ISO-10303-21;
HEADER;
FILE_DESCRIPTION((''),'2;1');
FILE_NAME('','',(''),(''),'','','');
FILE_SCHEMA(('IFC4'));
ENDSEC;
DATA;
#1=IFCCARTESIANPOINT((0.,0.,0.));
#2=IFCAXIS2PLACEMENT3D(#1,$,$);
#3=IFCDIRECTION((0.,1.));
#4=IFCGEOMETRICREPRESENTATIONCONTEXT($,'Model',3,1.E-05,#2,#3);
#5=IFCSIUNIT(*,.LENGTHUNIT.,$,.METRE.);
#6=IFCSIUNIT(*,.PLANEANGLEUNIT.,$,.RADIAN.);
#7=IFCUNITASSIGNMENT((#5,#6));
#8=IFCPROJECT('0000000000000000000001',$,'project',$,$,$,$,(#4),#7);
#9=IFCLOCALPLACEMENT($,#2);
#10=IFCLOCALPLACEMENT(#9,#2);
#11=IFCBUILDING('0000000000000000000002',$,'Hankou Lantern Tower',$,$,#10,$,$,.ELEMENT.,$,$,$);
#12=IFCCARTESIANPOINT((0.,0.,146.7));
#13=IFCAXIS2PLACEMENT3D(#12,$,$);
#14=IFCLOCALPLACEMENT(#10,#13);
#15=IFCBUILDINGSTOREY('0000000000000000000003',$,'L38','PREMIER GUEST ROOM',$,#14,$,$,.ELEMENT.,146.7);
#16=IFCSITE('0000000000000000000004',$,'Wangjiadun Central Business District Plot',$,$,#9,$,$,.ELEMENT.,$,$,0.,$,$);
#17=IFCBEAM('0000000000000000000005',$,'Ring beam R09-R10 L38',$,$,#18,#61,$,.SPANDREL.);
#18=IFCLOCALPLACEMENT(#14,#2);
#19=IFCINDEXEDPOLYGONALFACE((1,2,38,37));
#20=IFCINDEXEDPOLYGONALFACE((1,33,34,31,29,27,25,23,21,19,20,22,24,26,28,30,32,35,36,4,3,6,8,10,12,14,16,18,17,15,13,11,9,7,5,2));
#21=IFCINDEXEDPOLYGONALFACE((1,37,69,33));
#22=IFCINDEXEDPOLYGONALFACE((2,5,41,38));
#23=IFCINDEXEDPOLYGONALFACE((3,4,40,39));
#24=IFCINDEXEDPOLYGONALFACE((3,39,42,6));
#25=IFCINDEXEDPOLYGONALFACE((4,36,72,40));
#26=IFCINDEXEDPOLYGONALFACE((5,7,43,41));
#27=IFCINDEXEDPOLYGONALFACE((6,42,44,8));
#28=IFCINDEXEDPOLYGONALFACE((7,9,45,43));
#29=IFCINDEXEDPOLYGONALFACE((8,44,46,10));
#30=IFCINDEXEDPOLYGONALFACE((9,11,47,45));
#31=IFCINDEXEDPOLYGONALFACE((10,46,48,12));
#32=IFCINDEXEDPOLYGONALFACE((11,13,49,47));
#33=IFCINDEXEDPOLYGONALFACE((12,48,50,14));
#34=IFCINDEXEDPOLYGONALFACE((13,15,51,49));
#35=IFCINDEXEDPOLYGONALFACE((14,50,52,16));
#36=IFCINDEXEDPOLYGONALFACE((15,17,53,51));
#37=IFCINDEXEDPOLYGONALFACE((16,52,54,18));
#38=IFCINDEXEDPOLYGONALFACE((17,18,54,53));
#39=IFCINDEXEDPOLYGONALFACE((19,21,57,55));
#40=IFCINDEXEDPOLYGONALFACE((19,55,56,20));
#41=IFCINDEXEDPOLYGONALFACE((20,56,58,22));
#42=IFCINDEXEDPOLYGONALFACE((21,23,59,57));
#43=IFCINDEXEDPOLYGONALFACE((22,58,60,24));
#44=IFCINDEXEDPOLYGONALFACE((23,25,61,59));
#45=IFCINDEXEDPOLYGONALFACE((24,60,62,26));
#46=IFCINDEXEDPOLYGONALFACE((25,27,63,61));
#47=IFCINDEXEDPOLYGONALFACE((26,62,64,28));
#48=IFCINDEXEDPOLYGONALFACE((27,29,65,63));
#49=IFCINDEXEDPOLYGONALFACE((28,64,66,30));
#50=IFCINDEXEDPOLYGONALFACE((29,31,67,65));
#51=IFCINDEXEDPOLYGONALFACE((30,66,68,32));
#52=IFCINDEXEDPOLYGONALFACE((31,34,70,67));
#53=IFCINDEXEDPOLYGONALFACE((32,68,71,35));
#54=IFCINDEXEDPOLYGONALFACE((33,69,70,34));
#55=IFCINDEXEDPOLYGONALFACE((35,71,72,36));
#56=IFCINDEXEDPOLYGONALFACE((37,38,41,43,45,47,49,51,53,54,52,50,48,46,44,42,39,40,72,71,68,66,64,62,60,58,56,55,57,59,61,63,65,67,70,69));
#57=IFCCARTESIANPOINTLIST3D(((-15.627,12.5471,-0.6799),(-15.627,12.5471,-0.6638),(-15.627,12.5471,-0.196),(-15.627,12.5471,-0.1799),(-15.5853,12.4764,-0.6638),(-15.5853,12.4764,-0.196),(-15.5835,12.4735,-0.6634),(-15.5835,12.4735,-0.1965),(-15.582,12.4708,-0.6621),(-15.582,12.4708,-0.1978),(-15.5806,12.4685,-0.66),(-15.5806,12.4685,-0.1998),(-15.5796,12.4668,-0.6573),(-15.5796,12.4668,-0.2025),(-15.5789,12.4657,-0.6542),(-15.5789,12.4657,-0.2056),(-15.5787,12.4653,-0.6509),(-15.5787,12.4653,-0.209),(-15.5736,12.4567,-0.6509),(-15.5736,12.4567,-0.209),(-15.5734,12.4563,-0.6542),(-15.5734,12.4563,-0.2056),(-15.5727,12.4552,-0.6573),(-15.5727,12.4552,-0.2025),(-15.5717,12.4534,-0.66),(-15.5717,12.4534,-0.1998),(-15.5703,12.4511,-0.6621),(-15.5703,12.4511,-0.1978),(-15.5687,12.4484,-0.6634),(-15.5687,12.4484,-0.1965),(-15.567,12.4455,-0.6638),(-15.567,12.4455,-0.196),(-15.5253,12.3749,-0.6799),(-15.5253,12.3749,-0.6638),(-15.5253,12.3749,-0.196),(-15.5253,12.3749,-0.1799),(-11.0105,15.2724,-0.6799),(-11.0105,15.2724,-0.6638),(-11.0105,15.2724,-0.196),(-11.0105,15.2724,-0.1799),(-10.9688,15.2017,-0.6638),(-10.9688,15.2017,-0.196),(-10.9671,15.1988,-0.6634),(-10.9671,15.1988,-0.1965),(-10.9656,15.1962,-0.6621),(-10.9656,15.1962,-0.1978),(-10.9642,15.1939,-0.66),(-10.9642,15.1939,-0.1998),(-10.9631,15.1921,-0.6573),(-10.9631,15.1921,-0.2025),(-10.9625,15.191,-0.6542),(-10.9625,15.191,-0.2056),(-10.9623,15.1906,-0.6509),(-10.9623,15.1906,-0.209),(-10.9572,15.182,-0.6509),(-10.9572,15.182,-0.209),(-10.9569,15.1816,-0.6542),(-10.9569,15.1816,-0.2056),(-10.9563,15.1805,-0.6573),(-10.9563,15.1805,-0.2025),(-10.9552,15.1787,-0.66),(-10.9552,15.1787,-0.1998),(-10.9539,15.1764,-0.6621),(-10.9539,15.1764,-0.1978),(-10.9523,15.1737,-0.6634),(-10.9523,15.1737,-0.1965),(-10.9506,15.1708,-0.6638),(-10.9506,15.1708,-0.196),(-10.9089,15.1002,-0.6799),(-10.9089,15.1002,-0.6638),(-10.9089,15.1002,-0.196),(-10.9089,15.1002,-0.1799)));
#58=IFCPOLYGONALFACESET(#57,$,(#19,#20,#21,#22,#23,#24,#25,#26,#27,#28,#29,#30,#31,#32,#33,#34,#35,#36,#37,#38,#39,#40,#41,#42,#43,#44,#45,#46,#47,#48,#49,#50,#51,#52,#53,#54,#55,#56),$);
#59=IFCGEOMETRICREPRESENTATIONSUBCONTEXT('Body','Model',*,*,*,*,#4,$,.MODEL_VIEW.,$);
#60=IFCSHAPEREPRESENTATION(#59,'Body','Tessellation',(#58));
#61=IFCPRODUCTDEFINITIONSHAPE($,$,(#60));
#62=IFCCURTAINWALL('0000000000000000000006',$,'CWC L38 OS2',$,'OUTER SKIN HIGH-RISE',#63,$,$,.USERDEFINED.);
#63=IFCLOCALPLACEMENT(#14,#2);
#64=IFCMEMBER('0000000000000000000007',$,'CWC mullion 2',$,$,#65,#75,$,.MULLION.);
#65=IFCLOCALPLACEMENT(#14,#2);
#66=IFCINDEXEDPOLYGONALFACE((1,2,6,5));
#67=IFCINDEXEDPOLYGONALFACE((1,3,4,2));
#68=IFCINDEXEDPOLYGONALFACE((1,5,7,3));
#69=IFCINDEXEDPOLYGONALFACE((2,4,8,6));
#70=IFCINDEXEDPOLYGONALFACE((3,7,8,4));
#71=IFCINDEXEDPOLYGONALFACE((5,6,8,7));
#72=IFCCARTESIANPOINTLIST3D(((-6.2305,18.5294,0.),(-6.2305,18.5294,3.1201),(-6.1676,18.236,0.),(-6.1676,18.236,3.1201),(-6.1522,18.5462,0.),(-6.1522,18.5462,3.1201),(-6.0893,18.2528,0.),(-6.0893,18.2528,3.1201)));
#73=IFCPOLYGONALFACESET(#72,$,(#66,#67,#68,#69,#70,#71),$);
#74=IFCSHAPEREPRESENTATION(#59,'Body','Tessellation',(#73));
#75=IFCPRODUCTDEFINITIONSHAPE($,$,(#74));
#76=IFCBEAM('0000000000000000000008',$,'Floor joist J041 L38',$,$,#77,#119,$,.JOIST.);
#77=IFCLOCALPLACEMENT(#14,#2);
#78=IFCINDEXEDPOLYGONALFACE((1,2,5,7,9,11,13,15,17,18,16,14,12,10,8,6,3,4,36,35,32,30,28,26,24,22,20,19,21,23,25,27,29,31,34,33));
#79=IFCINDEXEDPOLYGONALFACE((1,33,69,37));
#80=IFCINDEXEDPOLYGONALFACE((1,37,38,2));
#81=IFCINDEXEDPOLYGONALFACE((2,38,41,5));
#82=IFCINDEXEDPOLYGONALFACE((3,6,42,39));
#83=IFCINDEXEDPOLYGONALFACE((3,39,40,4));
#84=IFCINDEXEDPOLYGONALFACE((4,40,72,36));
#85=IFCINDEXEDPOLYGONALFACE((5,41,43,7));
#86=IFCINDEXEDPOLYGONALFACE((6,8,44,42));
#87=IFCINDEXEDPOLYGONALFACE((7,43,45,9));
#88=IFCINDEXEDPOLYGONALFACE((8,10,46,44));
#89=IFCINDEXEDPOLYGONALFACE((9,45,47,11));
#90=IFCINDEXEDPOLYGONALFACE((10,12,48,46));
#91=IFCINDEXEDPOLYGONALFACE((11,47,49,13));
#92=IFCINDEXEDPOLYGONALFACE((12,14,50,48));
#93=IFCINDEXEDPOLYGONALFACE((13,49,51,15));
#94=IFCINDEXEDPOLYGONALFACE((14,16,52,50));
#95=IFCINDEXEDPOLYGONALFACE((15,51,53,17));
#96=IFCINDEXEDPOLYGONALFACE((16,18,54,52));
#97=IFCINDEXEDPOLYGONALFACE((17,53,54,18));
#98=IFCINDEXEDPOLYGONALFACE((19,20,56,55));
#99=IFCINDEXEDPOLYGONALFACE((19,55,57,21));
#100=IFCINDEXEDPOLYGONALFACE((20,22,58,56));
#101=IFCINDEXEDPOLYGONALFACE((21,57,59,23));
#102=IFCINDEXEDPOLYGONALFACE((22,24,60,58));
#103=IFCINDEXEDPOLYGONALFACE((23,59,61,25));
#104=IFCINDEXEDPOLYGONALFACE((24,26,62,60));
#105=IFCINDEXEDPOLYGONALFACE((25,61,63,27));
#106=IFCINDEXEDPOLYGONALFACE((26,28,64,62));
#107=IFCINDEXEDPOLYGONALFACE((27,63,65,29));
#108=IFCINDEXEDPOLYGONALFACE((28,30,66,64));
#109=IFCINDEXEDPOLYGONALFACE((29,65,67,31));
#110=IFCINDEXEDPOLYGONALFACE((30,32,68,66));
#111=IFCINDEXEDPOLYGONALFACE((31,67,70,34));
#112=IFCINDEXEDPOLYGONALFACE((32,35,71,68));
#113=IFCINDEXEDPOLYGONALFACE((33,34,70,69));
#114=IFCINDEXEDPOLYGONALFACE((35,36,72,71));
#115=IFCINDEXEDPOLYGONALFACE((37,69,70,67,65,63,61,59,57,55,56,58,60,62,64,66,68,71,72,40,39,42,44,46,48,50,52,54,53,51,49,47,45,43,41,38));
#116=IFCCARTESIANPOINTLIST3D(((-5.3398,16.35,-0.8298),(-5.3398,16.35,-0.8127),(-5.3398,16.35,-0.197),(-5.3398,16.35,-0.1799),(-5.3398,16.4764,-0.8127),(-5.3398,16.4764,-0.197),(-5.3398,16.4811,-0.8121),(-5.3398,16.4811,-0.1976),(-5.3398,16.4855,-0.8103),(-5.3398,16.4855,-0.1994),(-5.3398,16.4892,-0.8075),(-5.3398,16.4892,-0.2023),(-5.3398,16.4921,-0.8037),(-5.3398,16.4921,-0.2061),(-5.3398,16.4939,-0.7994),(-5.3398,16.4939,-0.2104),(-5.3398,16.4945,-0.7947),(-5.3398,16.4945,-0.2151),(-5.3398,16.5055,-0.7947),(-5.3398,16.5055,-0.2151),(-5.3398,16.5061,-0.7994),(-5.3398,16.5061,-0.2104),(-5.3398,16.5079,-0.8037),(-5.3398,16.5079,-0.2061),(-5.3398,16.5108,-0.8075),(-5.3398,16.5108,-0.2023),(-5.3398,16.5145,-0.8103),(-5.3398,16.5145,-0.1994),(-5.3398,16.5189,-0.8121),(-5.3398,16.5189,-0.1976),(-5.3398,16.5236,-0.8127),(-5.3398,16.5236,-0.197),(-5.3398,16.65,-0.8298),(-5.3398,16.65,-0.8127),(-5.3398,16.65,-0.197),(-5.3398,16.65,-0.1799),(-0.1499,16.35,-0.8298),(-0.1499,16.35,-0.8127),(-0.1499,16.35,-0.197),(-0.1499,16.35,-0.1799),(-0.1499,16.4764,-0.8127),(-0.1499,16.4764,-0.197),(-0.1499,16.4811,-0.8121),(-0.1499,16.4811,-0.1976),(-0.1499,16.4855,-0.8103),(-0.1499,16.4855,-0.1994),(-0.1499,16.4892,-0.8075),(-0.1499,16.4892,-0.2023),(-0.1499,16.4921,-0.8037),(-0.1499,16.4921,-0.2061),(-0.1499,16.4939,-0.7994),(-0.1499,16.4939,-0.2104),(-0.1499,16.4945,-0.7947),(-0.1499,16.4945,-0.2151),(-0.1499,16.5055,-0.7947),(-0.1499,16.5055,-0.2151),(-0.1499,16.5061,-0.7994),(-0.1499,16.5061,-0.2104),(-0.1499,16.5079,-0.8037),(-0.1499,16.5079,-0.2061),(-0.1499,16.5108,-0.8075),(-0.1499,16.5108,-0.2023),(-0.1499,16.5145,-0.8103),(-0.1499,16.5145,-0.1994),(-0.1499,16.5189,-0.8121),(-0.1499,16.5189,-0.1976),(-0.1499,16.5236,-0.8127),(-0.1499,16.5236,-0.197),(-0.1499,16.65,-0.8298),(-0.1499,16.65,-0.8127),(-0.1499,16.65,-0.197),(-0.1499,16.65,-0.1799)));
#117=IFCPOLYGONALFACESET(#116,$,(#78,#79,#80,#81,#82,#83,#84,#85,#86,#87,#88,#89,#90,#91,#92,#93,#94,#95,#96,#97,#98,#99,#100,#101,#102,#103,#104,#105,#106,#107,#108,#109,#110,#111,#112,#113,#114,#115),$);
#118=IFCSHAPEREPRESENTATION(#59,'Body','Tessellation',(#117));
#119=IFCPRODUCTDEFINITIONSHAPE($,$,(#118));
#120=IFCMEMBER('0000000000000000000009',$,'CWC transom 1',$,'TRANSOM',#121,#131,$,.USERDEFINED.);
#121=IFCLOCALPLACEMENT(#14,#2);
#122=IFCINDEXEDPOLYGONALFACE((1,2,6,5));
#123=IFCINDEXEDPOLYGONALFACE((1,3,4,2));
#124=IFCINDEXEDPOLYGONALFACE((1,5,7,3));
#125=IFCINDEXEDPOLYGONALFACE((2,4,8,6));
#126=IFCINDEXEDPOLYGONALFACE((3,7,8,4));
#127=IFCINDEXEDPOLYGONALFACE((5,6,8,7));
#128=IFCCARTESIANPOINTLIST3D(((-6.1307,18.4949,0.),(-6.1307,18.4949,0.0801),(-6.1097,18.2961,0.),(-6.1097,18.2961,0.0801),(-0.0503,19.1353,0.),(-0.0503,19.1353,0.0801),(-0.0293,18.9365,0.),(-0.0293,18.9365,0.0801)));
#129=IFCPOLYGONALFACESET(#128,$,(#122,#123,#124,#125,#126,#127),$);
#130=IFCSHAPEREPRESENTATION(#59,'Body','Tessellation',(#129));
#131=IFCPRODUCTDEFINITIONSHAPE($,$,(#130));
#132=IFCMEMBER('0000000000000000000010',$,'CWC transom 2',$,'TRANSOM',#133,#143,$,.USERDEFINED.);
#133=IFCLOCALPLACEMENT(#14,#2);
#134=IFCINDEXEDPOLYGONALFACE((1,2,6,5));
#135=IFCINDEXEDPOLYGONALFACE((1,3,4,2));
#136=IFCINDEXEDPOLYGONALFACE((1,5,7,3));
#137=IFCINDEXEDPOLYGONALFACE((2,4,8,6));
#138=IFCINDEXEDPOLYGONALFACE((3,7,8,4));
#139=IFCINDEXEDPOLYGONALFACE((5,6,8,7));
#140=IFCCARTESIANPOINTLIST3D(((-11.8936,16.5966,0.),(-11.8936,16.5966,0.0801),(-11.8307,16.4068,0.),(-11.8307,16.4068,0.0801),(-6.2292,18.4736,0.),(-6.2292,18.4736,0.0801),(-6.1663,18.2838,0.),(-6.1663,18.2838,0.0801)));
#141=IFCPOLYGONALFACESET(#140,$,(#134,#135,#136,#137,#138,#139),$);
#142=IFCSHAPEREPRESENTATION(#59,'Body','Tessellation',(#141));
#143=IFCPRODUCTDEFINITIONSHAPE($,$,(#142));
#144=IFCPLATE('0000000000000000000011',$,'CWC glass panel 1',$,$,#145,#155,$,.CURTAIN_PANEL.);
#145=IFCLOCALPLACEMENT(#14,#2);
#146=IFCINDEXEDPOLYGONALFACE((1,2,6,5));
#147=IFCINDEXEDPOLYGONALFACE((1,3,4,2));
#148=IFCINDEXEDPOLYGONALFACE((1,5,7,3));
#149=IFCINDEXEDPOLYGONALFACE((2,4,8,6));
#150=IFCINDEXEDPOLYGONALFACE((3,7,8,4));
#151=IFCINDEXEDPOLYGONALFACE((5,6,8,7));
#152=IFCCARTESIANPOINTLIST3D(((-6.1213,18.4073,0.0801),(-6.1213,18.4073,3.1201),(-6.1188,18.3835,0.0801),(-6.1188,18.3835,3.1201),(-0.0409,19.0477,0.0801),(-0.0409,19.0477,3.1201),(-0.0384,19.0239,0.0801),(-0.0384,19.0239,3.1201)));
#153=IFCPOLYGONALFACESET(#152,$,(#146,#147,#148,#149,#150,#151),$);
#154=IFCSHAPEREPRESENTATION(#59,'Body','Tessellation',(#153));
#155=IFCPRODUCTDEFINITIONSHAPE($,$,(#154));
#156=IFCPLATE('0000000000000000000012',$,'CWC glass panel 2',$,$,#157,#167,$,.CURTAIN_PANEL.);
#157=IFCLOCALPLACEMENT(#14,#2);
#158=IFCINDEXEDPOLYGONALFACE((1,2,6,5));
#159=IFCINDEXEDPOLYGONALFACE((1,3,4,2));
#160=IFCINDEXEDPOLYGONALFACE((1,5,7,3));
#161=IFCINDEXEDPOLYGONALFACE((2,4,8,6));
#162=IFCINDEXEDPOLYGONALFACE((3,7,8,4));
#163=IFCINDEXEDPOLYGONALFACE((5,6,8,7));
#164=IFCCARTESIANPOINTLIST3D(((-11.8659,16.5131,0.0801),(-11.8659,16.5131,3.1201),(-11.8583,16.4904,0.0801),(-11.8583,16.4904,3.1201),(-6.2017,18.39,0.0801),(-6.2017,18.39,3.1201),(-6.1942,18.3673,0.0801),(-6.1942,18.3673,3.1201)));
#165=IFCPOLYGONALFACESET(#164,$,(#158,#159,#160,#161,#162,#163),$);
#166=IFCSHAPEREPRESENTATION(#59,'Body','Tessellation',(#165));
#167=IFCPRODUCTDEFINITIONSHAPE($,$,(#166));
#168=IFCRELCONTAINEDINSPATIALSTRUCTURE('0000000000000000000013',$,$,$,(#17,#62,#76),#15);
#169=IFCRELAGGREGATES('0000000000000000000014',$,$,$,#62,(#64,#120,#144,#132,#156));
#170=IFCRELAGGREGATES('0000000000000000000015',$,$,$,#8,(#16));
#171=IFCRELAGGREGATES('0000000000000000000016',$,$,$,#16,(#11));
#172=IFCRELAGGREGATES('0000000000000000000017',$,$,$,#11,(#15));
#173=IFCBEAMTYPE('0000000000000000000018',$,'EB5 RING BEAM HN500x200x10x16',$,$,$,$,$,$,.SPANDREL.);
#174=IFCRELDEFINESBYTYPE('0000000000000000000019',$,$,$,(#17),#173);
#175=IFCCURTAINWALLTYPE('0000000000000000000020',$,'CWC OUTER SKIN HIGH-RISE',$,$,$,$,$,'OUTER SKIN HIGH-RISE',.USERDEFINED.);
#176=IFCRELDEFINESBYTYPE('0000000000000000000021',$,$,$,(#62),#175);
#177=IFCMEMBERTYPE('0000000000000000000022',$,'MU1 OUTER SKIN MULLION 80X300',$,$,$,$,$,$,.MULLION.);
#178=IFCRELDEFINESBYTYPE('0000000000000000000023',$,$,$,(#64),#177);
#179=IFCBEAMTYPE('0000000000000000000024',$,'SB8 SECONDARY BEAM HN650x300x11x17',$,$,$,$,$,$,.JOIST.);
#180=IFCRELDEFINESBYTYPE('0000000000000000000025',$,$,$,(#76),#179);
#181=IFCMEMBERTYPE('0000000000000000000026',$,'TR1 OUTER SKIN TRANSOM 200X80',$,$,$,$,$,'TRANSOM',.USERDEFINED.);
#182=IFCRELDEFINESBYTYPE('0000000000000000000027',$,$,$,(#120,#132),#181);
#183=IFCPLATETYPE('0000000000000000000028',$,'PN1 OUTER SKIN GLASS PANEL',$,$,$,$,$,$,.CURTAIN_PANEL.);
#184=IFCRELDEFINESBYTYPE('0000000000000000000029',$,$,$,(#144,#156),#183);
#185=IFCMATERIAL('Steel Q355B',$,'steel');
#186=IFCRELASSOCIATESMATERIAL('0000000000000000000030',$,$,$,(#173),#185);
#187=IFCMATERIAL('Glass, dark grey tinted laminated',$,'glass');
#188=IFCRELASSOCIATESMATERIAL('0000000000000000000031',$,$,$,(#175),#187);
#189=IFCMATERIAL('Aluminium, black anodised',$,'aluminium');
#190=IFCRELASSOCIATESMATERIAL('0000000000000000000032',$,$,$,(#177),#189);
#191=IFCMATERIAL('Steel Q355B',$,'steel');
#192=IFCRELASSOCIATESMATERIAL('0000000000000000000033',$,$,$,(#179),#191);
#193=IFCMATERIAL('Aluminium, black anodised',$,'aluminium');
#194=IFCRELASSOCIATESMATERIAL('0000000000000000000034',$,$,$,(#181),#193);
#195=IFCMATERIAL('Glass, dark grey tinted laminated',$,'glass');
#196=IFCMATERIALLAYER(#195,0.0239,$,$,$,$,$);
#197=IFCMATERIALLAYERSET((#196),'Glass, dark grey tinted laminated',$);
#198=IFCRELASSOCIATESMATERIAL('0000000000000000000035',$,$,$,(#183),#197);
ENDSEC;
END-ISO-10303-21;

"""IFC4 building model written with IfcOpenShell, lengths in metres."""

from ifc_helpers import new_model, si_unit, direction, frame, origin, origin_2d, place, context, subcontext, project, spatial, rectangle, i_section, extrude, material, layer, layer_set, material_profile, profile_set, type_object, element, aggregate, save


model = new_model("IFC4")

# Units and contexts
model_context = context("Model", 3, precision=1e-05, world=origin(), true_north=direction((0.0, 1.0)))
body_context = subcontext(model_context, "Body", "Model", "MODEL_VIEW")
ifc_project = project(units=[si_unit("LENGTHUNIT", "METRE"), si_unit("PLANEANGLEUNIT", "RADIAN")], contexts=[model_context])

# Site, building, storey
site_placement = place(None, origin())
site = spatial("IfcSite", under=ifc_project, at=site_placement, Name="Wangjiadun Central Business District Plot", CompositionType="ELEMENT", RefElevation=0.0)
building_placement = place(site_placement, origin())
building = spatial("IfcBuilding", under=site, at=building_placement, Name="Hankou Lantern Tower", CompositionType="ELEMENT")
storey_placement = place(building_placement, frame((0.0, 0.0, 146.7)))
storey = spatial("IfcBuildingStorey", under=building, at=storey_placement, Name="L38", Description="PREMIER GUEST ROOM", CompositionType="ELEMENT", Elevation=146.7)

# Beam
ifc_material_1 = material(Name="Steel Q355B", Category="steel")
ifc_material_profile_1 = material_profile(ifc_material_1, i_section(OverallWidth=0.2, OverallDepth=0.5, WebThickness=0.01, FlangeThickness=0.0161, FilletRadius=0.0129, at=origin_2d()), Name="HN500x200x10x16")
ifc_profile_set_1 = profile_set([ifc_material_profile_1], Name="Steel Q355B")
beam_type_1 = type_object("IfcBeamType", Name="EB5 RING BEAM HN500x200x10x16", PredefinedType="SPANDREL", material=ifc_profile_set_1)
beam_1_placement = place(storey_placement, frame((-10.9597, 15.1863, -0.4299), z_axis=(-0.861136, -0.508375, 0.0), x_axis=(0.508375, -0.861136, 0.0)))
element("IfcBeam", 1, at=beam_1_placement, inside=storey, type_object=beam_type_1, Name="Ring beam R09-R10 L38", PredefinedType="SPANDREL", context=body_context, shape_type="SweptSolid", body=[
    extrude(i_section(OverallWidth=0.2, OverallDepth=0.5, WebThickness=0.01, FlangeThickness=0.0161, FilletRadius=0.0129, at=origin_2d()), origin(), (0.0, 0.0, 1.0), 5.3608),
])

# Curtain wall, member
ifc_material_2 = material(Name="Glass, dark grey tinted laminated", Category="glass")
curtain_wall_type = type_object("IfcCurtainWallType", Name="CWC OUTER SKIN HIGH-RISE", ElementType="OUTER SKIN HIGH-RISE", PredefinedType="USERDEFINED", material=ifc_material_2)
curtain_wall_placement = place(storey_placement, origin())
curtain_wall = element("IfcCurtainWall", 2, at=curtain_wall_placement, inside=storey, type_object=curtain_wall_type, Name="CWC L38 OS2", ObjectType="OUTER SKIN HIGH-RISE", PredefinedType="USERDEFINED")
ifc_material_3 = material(Name="Aluminium, black anodised", Category="aluminium")
ifc_material_profile_2 = material_profile(ifc_material_3, rectangle(XDim=0.0801, YDim=0.3, at=origin_2d()), Name="MU1 80X300")
ifc_profile_set_2 = profile_set([ifc_material_profile_2], Name="Aluminium, black anodised")
member_type_1 = type_object("IfcMemberType", Name="MU1 OUTER SKIN MULLION 80X300", PredefinedType="MULLION", material=ifc_profile_set_2)
member_1_placement = place(storey_placement, frame((-6.1599, 18.3911, 0.0), z_axis=(0.0, 0.0, 1.0), x_axis=(-0.977788, -0.209598, 0.0)))
member_1 = element("IfcMember", 3, at=member_1_placement, type_object=member_type_1, Name="CWC mullion 2", PredefinedType="MULLION", context=body_context, shape_type="SweptSolid", body=[
    extrude(rectangle(XDim=0.0801, YDim=0.3, at=origin_2d()), origin(), (0.0, 0.0, 1.0), 3.1201),
])

# Beam
ifc_material_4 = material(Name="Steel Q355B", Category="steel")
ifc_material_profile_3 = material_profile(ifc_material_4, i_section(OverallWidth=0.3, OverallDepth=0.6499, WebThickness=0.011, FlangeThickness=0.0171, FilletRadius=0.0181, at=origin_2d()), Name="HN650x300x11x17")
ifc_profile_set_3 = profile_set([ifc_material_profile_3], Name="Steel Q355B")
beam_type_2 = type_object("IfcBeamType", Name="SB8 SECONDARY BEAM HN650x300x11x17", PredefinedType="JOIST", material=ifc_profile_set_3)
beam_2_placement = place(storey_placement, frame((-5.3398, 16.5, -0.5049), z_axis=(1.0, 0.0, 0.0), x_axis=(0.0, 1.0, 0.0)))
element("IfcBeam", 4, at=beam_2_placement, inside=storey, type_object=beam_type_2, Name="Floor joist J041 L38", PredefinedType="JOIST", context=body_context, shape_type="SweptSolid", body=[
    extrude(i_section(OverallWidth=0.3, OverallDepth=0.6499, WebThickness=0.011, FlangeThickness=0.0171, FilletRadius=0.0181, at=origin_2d()), origin(), (0.0, 0.0, 1.0), 5.1899),
])

# Members
ifc_material_5 = material(Name="Aluminium, black anodised", Category="aluminium")
ifc_material_profile_4 = material_profile(ifc_material_5, rectangle(XDim=0.2, YDim=0.0801, at=origin_2d()), Name="TR1 200X80")
ifc_profile_set_4 = profile_set([ifc_material_profile_4], Name="Aluminium, black anodised")
member_type_2 = type_object("IfcMemberType", Name="TR1 OUTER SKIN TRANSOM 200X80", ElementType="TRANSOM", PredefinedType="USERDEFINED", material=ifc_profile_set_4)
member_2_placement = place(storey_placement, frame((-0.0398, 19.0359, 0.04), z_axis=(-0.9945, -0.104741, 0.0), x_axis=(0.104741, -0.9945, 0.0)))
member_2 = element("IfcMember", 5, at=member_2_placement, type_object=member_type_2, Name="CWC transom 1", ObjectType="TRANSOM", PredefinedType="USERDEFINED", context=body_context, shape_type="SweptSolid", body=[
    extrude(rectangle(XDim=0.2, YDim=0.0801, at=origin_2d()), origin(), (0.0, 0.0, 1.0), 6.114),
])
member_3_placement = place(storey_placement, frame((-6.1978, 18.3787, 0.04), z_axis=(-0.949242, -0.314546, 0.0), x_axis=(0.314546, -0.949242, 0.0)))
member_3 = element("IfcMember", 6, at=member_3_placement, type_object=member_type_2, Name="CWC transom 2", ObjectType="TRANSOM", PredefinedType="USERDEFINED", context=body_context, shape_type="SweptSolid", body=[
    extrude(rectangle(XDim=0.2, YDim=0.0801, at=origin_2d()), origin(), (0.0, 0.0, 1.0), 5.9673),
])

# Plates
ifc_material_6 = material(Name="Glass, dark grey tinted laminated", Category="glass")
ifc_layer_1 = layer(ifc_material_6, 0.0239)
ifc_layer_set_1 = layer_set([ifc_layer_1], Name="Glass, dark grey tinted laminated")
plate_type = type_object("IfcPlateType", Name="PN1 OUTER SKIN GLASS PANEL", PredefinedType="CURTAIN_PANEL", material=ifc_layer_set_1)
plate_1_placement = place(storey_placement, frame((-3.0798, 18.7156, 0.0801), z_axis=(0.0, 0.0, 1.0), x_axis=(-0.994499, -0.104743, 0.0)))
plate_1 = element("IfcPlate", 7, at=plate_1_placement, type_object=plate_type, Name="CWC glass panel 1", PredefinedType="CURTAIN_PANEL", context=body_context, shape_type="SweptSolid", body=[
    extrude(rectangle(XDim=6.114, YDim=0.0239, at=origin_2d()), origin(), (0.0, 0.0, 1.0), 3.04),
])
plate_2_placement = place(storey_placement, frame((-9.03, 17.4402, 0.0801), z_axis=(0.0, 0.0, 1.0), x_axis=(-0.949241, -0.314551, 0.0)))
plate_2 = element("IfcPlate", 8, at=plate_2_placement, type_object=plate_type, Name="CWC glass panel 2", PredefinedType="CURTAIN_PANEL", context=body_context, shape_type="SweptSolid", body=[
    extrude(rectangle(XDim=5.967, YDim=0.0239, at=origin_2d()), origin(), (0.0, 0.0, 1.0), 3.04),
])
aggregate(curtain_wall, [member_1, member_2, plate_1, member_3, plate_2])

save(model, "model.ifc")
